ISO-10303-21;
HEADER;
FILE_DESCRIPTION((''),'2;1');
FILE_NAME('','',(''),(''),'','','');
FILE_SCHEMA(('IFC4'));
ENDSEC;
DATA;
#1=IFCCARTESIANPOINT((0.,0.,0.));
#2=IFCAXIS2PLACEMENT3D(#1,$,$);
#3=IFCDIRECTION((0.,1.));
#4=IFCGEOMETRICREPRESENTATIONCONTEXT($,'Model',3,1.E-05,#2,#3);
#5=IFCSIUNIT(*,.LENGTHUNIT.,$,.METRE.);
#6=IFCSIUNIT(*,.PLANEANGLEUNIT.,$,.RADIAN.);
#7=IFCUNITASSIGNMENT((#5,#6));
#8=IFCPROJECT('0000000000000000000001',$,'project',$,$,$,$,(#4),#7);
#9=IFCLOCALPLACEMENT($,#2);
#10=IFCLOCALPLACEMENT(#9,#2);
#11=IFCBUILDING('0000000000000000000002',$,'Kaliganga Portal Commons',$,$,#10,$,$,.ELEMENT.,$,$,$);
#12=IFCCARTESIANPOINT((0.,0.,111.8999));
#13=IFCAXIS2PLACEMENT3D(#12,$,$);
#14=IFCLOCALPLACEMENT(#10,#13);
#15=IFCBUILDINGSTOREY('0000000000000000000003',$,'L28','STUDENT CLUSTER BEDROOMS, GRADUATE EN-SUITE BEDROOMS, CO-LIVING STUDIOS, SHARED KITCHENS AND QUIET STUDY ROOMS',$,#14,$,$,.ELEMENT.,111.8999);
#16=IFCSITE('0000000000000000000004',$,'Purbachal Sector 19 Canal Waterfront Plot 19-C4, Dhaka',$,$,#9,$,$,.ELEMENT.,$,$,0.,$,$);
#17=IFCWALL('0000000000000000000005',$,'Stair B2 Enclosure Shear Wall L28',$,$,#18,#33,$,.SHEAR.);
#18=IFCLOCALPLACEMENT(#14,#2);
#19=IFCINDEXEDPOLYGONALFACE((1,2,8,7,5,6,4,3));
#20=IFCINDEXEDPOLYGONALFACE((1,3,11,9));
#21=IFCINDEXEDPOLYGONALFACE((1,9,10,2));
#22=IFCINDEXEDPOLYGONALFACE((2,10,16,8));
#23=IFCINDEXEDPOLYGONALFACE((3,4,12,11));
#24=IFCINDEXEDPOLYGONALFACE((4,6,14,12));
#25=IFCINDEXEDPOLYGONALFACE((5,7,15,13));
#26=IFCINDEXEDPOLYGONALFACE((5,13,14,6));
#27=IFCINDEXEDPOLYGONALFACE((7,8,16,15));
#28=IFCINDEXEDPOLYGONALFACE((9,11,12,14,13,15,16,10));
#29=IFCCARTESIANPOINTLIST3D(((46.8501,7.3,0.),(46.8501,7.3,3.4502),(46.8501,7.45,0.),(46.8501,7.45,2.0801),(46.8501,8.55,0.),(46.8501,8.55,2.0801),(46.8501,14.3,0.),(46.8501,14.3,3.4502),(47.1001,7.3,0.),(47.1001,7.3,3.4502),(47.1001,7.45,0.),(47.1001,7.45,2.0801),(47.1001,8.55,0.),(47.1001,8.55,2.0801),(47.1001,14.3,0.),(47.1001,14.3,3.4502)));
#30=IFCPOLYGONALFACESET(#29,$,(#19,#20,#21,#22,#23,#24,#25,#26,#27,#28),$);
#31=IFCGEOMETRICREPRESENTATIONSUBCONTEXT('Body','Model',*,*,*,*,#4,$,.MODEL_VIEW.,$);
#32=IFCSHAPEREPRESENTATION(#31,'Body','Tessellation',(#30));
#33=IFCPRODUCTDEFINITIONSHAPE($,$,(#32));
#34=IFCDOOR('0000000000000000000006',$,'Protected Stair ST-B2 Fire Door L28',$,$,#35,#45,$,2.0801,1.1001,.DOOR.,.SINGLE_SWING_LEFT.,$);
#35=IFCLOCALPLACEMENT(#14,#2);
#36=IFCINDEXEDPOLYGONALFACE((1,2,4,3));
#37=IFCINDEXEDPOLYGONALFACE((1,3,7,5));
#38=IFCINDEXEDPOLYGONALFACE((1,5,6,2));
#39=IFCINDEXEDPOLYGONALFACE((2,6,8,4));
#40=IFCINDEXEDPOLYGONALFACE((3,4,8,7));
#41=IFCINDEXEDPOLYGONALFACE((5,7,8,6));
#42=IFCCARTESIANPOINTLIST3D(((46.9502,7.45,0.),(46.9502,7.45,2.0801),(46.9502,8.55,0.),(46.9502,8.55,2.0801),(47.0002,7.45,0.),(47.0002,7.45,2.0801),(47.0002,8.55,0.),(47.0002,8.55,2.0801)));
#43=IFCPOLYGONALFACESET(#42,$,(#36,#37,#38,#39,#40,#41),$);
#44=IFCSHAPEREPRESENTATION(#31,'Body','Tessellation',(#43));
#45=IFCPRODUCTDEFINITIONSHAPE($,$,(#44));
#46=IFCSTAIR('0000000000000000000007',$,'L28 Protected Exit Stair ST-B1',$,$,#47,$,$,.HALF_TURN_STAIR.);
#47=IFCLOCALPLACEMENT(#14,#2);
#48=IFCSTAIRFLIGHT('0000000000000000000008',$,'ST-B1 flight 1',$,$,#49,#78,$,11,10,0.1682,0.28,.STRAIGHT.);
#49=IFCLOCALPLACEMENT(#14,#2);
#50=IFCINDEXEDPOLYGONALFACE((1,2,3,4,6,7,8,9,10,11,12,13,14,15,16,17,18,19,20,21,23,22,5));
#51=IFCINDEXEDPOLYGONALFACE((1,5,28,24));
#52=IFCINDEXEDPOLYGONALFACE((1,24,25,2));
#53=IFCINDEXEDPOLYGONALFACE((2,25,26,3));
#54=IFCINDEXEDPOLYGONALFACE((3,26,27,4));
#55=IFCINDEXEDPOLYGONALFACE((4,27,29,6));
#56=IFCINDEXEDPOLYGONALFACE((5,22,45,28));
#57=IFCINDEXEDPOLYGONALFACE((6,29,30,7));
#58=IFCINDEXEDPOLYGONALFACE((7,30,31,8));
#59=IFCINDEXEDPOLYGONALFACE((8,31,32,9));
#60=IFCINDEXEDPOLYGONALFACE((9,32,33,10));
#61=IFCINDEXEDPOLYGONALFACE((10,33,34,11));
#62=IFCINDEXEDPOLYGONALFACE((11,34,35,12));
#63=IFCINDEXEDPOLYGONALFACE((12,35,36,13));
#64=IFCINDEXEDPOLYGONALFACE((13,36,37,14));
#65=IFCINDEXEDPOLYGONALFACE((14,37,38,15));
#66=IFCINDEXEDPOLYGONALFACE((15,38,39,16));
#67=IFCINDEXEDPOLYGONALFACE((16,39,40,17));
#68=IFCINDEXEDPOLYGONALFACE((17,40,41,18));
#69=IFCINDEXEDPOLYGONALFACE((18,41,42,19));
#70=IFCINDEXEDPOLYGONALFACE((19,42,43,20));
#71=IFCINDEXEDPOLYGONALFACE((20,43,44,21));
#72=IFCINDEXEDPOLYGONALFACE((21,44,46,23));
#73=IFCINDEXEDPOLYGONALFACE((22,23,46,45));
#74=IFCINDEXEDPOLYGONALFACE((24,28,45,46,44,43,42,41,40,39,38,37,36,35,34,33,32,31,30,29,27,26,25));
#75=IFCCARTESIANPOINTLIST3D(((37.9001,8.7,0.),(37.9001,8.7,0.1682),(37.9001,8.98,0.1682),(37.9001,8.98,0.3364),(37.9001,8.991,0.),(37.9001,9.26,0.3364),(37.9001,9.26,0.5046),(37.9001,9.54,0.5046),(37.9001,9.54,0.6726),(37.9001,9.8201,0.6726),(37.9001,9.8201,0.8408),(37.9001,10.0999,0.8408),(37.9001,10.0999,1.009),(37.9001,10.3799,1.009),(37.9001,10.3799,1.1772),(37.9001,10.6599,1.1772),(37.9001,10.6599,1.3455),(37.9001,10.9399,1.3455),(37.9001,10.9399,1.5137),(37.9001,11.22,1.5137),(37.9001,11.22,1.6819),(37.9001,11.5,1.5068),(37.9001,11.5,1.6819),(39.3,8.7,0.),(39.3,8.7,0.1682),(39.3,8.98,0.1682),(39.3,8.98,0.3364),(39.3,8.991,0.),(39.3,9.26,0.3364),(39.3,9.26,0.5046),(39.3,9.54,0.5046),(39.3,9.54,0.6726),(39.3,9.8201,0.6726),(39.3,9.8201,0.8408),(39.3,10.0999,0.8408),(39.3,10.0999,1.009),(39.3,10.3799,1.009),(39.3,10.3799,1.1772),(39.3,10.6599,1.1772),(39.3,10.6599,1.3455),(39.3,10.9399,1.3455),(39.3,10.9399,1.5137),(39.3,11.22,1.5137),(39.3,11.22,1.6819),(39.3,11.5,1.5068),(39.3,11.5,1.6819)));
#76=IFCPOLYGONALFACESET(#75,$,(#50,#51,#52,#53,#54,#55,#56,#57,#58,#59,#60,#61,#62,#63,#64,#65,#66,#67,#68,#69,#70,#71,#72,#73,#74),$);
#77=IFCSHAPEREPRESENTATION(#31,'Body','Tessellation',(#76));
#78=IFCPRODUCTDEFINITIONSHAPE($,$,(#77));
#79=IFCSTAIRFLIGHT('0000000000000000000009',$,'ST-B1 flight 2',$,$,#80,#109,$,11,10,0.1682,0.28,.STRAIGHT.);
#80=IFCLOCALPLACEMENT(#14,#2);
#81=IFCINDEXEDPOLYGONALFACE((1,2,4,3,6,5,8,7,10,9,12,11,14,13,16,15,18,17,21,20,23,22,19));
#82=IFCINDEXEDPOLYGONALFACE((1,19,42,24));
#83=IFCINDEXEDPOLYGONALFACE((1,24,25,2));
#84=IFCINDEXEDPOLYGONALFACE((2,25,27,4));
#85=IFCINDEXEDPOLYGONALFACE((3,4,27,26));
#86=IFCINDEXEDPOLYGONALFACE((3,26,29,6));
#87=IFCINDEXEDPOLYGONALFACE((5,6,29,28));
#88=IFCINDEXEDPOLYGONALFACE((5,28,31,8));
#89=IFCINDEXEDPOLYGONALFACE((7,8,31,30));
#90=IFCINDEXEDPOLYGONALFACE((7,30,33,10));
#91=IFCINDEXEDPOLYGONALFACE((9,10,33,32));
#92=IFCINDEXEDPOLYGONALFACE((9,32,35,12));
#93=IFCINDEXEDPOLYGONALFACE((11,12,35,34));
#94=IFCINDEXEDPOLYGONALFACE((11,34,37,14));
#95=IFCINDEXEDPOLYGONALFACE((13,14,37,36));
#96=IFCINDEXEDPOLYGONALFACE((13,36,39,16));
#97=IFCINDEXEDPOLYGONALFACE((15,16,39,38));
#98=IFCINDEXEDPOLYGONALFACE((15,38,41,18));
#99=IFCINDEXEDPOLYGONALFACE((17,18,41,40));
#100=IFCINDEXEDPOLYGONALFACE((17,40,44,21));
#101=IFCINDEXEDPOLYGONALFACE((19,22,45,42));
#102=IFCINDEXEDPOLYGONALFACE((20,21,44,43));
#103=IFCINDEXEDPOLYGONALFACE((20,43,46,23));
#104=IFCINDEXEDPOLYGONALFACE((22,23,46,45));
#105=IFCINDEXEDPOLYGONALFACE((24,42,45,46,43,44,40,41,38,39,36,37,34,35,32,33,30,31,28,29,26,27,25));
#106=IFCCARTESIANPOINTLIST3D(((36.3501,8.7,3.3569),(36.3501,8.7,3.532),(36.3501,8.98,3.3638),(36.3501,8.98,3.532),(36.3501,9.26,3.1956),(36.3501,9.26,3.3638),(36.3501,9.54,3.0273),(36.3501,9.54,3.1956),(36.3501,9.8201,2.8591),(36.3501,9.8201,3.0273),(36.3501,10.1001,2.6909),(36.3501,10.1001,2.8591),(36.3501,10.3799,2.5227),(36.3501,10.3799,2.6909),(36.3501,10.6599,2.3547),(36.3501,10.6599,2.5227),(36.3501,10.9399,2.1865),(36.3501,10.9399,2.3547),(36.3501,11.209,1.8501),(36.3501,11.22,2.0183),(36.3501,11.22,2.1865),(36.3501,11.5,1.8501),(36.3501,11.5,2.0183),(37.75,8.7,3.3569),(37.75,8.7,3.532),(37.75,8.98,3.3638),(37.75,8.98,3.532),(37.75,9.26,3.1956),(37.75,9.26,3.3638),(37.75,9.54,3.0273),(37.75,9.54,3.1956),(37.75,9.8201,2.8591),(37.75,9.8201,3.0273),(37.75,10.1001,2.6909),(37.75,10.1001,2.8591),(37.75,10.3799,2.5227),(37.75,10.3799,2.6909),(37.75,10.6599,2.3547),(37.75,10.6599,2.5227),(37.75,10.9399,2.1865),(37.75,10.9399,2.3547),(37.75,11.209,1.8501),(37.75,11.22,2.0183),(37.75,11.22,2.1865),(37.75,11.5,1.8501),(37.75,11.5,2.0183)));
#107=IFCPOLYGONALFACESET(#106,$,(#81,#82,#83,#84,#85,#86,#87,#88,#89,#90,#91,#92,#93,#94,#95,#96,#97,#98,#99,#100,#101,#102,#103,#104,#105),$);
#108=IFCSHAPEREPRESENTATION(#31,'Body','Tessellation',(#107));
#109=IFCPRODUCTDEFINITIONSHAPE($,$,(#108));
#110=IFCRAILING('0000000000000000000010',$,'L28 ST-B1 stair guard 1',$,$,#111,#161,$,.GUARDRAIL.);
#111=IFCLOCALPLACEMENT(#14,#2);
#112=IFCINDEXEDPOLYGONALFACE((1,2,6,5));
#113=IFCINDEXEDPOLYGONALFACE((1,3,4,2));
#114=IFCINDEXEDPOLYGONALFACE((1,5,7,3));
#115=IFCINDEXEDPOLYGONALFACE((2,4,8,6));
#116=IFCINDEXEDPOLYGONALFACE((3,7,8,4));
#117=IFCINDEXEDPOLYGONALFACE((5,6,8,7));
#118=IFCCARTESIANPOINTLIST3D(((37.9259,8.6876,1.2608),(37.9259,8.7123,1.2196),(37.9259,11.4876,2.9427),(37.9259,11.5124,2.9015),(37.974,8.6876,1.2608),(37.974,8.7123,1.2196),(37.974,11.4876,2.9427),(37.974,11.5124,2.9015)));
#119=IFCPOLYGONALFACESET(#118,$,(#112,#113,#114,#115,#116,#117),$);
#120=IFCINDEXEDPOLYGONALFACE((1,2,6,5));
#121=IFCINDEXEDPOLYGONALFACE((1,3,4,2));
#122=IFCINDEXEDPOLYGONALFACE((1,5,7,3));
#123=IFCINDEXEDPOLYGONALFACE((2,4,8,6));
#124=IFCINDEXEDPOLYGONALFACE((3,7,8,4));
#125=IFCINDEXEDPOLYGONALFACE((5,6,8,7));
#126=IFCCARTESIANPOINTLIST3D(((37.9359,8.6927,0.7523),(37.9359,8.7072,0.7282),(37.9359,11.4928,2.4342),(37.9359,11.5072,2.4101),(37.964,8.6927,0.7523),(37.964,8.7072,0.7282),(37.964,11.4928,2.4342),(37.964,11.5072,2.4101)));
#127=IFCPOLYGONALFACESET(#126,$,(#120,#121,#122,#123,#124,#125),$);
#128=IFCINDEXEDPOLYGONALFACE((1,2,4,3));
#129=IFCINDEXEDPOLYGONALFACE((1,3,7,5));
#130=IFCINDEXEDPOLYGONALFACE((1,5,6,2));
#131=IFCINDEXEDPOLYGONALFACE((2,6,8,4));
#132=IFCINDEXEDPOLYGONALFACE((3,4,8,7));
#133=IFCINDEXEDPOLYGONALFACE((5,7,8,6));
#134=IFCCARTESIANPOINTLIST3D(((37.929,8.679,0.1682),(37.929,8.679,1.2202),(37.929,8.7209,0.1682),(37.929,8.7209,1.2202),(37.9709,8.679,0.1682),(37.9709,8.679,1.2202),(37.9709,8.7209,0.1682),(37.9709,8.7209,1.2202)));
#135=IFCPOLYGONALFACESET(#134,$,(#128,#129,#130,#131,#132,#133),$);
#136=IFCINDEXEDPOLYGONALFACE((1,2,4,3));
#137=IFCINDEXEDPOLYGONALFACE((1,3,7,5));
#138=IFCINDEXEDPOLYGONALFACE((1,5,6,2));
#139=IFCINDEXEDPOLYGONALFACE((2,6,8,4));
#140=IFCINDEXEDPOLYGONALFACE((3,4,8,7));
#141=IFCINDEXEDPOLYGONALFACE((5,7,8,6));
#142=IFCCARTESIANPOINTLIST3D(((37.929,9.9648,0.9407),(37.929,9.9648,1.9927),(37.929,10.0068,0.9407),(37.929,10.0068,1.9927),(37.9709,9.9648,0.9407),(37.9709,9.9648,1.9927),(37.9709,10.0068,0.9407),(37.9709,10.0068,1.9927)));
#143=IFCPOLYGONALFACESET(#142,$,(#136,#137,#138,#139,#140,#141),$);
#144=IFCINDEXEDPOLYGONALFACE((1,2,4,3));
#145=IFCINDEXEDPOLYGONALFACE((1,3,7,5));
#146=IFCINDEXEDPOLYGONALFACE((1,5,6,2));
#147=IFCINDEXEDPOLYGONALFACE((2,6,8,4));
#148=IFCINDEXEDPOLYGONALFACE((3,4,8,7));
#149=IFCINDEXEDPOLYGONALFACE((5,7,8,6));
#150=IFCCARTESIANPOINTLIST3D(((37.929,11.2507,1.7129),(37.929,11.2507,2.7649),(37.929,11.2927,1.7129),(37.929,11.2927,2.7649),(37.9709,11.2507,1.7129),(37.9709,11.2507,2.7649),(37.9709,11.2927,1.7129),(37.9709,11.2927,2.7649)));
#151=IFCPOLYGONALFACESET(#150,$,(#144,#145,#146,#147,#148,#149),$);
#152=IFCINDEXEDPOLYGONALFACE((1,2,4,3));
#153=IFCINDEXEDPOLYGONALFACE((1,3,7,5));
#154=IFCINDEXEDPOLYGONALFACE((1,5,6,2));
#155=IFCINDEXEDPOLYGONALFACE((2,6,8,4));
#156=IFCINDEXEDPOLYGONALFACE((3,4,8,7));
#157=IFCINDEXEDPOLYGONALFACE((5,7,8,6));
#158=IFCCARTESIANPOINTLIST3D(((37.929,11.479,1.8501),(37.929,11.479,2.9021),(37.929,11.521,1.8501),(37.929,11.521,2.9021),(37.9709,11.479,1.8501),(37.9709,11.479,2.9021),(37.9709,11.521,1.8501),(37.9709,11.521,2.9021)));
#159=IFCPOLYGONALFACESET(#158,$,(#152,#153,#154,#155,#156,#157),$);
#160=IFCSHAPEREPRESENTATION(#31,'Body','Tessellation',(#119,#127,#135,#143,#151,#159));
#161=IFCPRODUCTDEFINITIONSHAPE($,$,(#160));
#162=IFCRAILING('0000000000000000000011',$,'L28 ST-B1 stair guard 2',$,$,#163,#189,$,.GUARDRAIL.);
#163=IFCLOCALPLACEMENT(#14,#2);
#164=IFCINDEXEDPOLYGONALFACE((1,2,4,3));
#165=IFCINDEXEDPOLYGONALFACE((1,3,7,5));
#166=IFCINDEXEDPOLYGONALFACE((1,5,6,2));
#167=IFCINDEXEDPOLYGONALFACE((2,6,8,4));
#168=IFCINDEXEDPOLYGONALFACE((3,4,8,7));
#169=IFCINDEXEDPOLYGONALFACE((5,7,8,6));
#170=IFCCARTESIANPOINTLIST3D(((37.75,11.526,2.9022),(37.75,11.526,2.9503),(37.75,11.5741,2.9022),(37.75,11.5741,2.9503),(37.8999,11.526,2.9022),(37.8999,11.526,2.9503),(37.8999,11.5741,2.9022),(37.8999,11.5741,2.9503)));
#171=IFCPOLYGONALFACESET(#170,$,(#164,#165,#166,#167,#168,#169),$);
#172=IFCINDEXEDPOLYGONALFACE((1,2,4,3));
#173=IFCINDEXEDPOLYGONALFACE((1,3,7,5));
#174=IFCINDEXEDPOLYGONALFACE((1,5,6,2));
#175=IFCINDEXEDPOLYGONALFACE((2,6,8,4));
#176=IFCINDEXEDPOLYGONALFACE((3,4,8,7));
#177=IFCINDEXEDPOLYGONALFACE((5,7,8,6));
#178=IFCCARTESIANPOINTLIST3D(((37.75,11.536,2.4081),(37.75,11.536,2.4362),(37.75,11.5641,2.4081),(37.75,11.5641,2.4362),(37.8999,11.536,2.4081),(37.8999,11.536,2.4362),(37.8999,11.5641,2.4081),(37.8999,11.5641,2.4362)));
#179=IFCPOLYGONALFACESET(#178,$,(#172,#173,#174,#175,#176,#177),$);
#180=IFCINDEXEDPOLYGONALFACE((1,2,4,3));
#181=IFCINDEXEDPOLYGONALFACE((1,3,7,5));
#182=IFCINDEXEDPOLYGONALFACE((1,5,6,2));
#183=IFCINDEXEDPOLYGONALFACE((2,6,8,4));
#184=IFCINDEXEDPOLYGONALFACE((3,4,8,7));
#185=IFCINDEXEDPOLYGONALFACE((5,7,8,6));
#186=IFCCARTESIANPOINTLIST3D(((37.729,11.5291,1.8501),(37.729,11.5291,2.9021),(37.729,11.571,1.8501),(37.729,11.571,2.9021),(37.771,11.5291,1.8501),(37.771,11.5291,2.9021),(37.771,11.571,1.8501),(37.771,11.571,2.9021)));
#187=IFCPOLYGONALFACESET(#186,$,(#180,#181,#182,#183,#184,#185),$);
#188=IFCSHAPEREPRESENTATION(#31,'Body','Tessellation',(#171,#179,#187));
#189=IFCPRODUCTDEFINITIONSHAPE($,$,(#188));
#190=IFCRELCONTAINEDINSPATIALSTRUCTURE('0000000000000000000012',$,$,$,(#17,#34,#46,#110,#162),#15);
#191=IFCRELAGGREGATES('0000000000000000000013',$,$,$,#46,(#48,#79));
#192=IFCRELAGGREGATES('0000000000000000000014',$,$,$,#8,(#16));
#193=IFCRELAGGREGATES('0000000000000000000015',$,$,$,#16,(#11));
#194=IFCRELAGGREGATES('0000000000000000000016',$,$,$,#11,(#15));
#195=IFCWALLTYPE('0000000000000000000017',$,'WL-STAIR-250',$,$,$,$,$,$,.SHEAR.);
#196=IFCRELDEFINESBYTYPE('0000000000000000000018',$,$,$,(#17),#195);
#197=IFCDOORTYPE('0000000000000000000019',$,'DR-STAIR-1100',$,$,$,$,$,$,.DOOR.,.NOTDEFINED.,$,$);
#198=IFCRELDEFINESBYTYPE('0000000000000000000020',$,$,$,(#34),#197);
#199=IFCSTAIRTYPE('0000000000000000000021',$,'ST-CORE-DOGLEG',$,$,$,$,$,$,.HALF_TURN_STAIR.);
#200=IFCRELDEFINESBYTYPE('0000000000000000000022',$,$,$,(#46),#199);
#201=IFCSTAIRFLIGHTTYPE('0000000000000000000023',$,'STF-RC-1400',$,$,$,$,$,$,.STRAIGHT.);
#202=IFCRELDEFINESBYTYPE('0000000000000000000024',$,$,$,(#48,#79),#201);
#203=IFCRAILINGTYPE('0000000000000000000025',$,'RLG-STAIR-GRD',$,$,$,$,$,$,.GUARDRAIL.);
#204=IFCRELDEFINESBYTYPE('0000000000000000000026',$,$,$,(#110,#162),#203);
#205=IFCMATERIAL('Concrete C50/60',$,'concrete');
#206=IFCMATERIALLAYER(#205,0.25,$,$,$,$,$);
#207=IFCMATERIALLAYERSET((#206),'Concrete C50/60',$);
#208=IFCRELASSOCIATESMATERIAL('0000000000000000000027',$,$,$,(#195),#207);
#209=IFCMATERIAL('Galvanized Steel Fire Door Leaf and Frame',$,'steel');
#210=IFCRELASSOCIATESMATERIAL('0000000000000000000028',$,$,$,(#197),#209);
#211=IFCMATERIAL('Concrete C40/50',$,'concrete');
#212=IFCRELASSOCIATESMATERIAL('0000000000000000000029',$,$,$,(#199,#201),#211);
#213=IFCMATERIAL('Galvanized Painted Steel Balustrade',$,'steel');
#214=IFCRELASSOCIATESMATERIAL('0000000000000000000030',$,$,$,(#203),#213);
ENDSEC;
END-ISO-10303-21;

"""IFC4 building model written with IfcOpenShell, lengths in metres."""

from ifc_helpers import new_model, si_unit, direction, frame, frame_2d, origin, origin_2d, place, context, subcontext, project, spatial, polyline, rectangle, outline, extrude, material, layer, layer_set, type_object, element, fill, aggregate, save


model = new_model("IFC4")

# Units and contexts
model_context = context("Model", 3, precision=1e-05, world=origin(), true_north=direction((0.0, 1.0)))
body_context = subcontext(model_context, "Body", "Model", "MODEL_VIEW")
ifc_project = project(units=[si_unit("LENGTHUNIT", "METRE"), si_unit("PLANEANGLEUNIT", "RADIAN")], contexts=[model_context])

# Site, building, storey
site_placement = place(None, origin())
site = spatial("IfcSite", under=ifc_project, at=site_placement, Name="Purbachal Sector 19 Canal Waterfront Plot 19-C4, Dhaka", CompositionType="ELEMENT", RefElevation=0.0)
building_placement = place(site_placement, origin())
building = spatial("IfcBuilding", under=site, at=building_placement, Name="Kaliganga Portal Commons", CompositionType="ELEMENT")
storey_placement = place(building_placement, frame((0.0, 0.0, 111.8999)))
storey = spatial("IfcBuildingStorey", under=building, at=storey_placement, Name="L28", Description="STUDENT CLUSTER BEDROOMS, GRADUATE EN-SUITE BEDROOMS, CO-LIVING STUDIOS, SHARED KITCHENS AND QUIET STUDY ROOMS", CompositionType="ELEMENT", Elevation=111.8999)

# Shared definitions
ifc_material_1 = material(Name="Concrete C50/60", Category="concrete")

# Wall, opening, door
ifc_layer_1 = layer(ifc_material_1, 0.25)
ifc_layer_set_1 = layer_set([ifc_layer_1], Name="Concrete C50/60")
wall_type_1 = type_object("IfcWallType", Name="WL-STAIR-250", PredefinedType="SHEAR", material=ifc_layer_set_1)
ifc_material_2 = material(Name="Galvanized Steel Fire Door Leaf and Frame", Category="steel")
door_type_1 = type_object("IfcDoorType", Name="DR-STAIR-1100", OperationType="NOTDEFINED", PredefinedType="DOOR", material=ifc_material_2)
wall_1_placement = place(storey_placement, frame((46.9751, 7.3, 0.0), z_axis=(0.0, 0.0, 1.0), x_axis=(0.0, 1.0, 0.0)))
wall_1 = element("IfcWall", 1, at=wall_1_placement, inside=storey, type_object=wall_type_1, Name="Stair B2 Enclosure Shear Wall L28", PredefinedType="SHEAR", context=body_context, shape_type="SweptSolid", body=[
    extrude(rectangle(XDim=7.0, YDim=0.25, at=frame_2d((3.5, 0.0))), origin(), (0.0, 0.0, 1.0), 3.4502),
])
opening_1_placement = place(wall_1_placement, frame((0.1499, 0.0, 0.0)))
opening_1 = element("IfcOpeningElement", 2, at=opening_1_placement, cuts=wall_1, PredefinedType="OPENING", context=body_context, shape_type="SweptSolid", body=[
    extrude(rectangle(XDim=1.1001, YDim=2.0801, at=frame_2d((0.55, 1.04))), frame((0.0, 0.135, 0.0), z_axis=(0.0, -1.0, 0.0), x_axis=(1.0, 0.0, 0.0)), (0.0, 0.0, 1.0), 0.27),
])
door_1_placement = place(opening_1_placement, origin())
door_1 = element("IfcDoor", 3, at=door_1_placement, inside=storey, type_object=door_type_1, Name="Protected Stair ST-B2 Fire Door L28", OperationType="SINGLE_SWING_LEFT", OverallHeight=2.0801, OverallWidth=1.1001, PredefinedType="DOOR", context=body_context, shape_type="SweptSolid", body=[
    extrude(rectangle(XDim=1.1001, YDim=2.0801, at=frame_2d((0.55, 1.04))), frame((0.0, 0.0249, 0.0), z_axis=(0.0, -1.0, 0.0), x_axis=(1.0, 0.0, 0.0)), (0.0, 0.0, 1.0), 0.05),
])
fill(opening_1, door_1)

# Stair, stair flights
ifc_material_3 = material(Name="Concrete C40/50", Category="concrete")
stair_type = type_object("IfcStairType", Name="ST-CORE-DOGLEG", PredefinedType="HALF_TURN_STAIR", material=ifc_material_3)
stair_placement = place(storey_placement, origin())
stair = element("IfcStair", 4, at=stair_placement, inside=storey, type_object=stair_type, Name="L28 Protected Exit Stair ST-B1", PredefinedType="HALF_TURN_STAIR")
stair_flight_type = type_object("IfcStairFlightType", Name="STF-RC-1400", PredefinedType="STRAIGHT", material=ifc_material_3)
stair_flight_1_placement = place(storey_placement, frame((38.6001, 8.7, 0.0), z_axis=(0.0, 0.0, 1.0), x_axis=(0.0, 1.0, 0.0)))
stair_flight_1 = element("IfcStairFlight", 5, at=stair_flight_1_placement, type_object=stair_flight_type, Name="ST-B1 flight 1", NumberOfRisers=11, NumberOfTreads=10, PredefinedType="STRAIGHT", RiserHeight=0.1682, TreadLength=0.28, context=body_context, shape_type="SweptSolid", body=[
    extrude(outline(polyline([(0.0, 0.0), (0.0, 0.1682), (0.28, 0.1682), (0.28, 0.3364), (0.5601, 0.3364), (0.5601, 0.5046), (0.8401, 0.5046), (0.8401, 0.6726), (1.1201, 0.6726), (1.1201, 0.8408), (1.3999, 0.8408), (1.3999, 1.009), (1.6799, 1.009), (1.6799, 1.1772), (1.96, 1.1772), (1.96, 1.3455), (2.24, 1.3455), (2.24, 1.5137), (2.52, 1.5137), (2.52, 1.6819), (2.8, 1.6819), (2.8, 1.8501), (2.8, 1.5068), (0.291, 0.0), (0.0, 0.0)])), frame((0.0, 0.7, 0.0), z_axis=(0.0, -1.0, 0.0), x_axis=(1.0, 0.0, 0.0)), (0.0, 0.0, 1.0), 1.3999),
])
stair_flight_2_placement = place(storey_placement, frame((37.05, 11.5, 1.8501), z_axis=(0.0, 0.0, 1.0), x_axis=(0.0, -1.0, 0.0)))
stair_flight_2 = element("IfcStairFlight", 6, at=stair_flight_2_placement, type_object=stair_flight_type, Name="ST-B1 flight 2", NumberOfRisers=11, NumberOfTreads=10, PredefinedType="STRAIGHT", RiserHeight=0.1682, TreadLength=0.28, context=body_context, shape_type="SweptSolid", body=[
    extrude(outline(polyline([(0.0, 0.0), (0.0, 0.1682), (0.28, 0.1682), (0.28, 0.3364), (0.5601, 0.3364), (0.5601, 0.5046), (0.8401, 0.5046), (0.8401, 0.6726), (1.1201, 0.6726), (1.1201, 0.8408), (1.3999, 0.8408), (1.3999, 1.009), (1.6799, 1.009), (1.6799, 1.1772), (1.96, 1.1772), (1.96, 1.3455), (2.24, 1.3455), (2.24, 1.5137), (2.52, 1.5137), (2.52, 1.6819), (2.8, 1.6819), (2.8, 1.8501), (2.8, 1.5068), (0.291, 0.0), (0.0, 0.0)])), frame((0.0, 0.7, 0.0), z_axis=(0.0, -1.0, 0.0), x_axis=(1.0, 0.0, 0.0)), (0.0, 0.0, 1.0), 1.3999),
])
aggregate(stair, [stair_flight_1, stair_flight_2])

# Railings
ifc_material_4 = material(Name="Galvanized Painted Steel Balustrade", Category="steel")
railing_type_1 = type_object("IfcRailingType", Name="RLG-STAIR-GRD", PredefinedType="GUARDRAIL", material=ifc_material_4)
railing_1_placement = place(storey_placement, frame((37.95, 8.7, 0.1682)))
element("IfcRailing", 7, at=railing_1_placement, inside=storey, type_object=railing_type_1, Name="L28 ST-B1 stair guard 1", PredefinedType="GUARDRAIL", context=body_context, shape_type="SweptSolid", body=[
    extrude(rectangle(XDim=0.0481, YDim=0.0481, at=origin_2d()), frame((0.0, 0.0, 1.072), z_axis=(0.0, 0.857242, 0.514913), x_axis=(-1.0, 0.0, 0.0)), (0.0, 0.0, 1.0), 3.2664),
    extrude(rectangle(XDim=0.0281, YDim=0.0281, at=origin_2d()), frame((0.0, 0.0, 0.572), z_axis=(0.0, 0.857242, 0.514913), x_axis=(-1.0, 0.0, 0.0)), (0.0, 0.0, 1.0), 3.2664),
    extrude(rectangle(XDim=0.042, YDim=0.042, at=origin_2d()), origin(), (0.0, 0.0, 1.0), 1.052),
    extrude(rectangle(XDim=0.042, YDim=0.042, at=origin_2d()), frame((0.0, 1.2859, 0.7725)), (0.0, 0.0, 1.0), 1.052),
    extrude(rectangle(XDim=0.042, YDim=0.042, at=origin_2d()), frame((0.0, 2.5718, 1.5447)), (0.0, 0.0, 1.0), 1.052),
    extrude(rectangle(XDim=0.042, YDim=0.042, at=origin_2d()), frame((0.0, 2.8, 1.6819)), (0.0, 0.0, 1.0), 1.052),
])
railing_2_placement = place(storey_placement, frame((37.8999, 11.55, 1.8501)))
element("IfcRailing", 8, at=railing_2_placement, inside=storey, type_object=railing_type_1, Name="L28 ST-B1 stair guard 2", PredefinedType="GUARDRAIL", context=body_context, shape_type="SweptSolid", body=[
    extrude(rectangle(XDim=0.0481, YDim=0.0481, at=origin_2d()), frame((0.0, 0.0, 1.0762), z_axis=(-1.0, 0.0, 0.0), x_axis=(0.0, -1.0, 0.0)), (0.0, 0.0, 1.0), 0.1499),
    extrude(rectangle(XDim=0.0281, YDim=0.0281, at=origin_2d()), frame((0.0, 0.0, 0.572), z_axis=(-1.0, 0.0, 0.0), x_axis=(0.0, -1.0, 0.0)), (0.0, 0.0, 1.0), 0.1499),
    extrude(rectangle(XDim=0.042, YDim=0.042, at=origin_2d()), frame((-0.1499, 0.0, 0.0)), (0.0, 0.0, 1.0), 1.052),
])

save(model, "model.ifc")
